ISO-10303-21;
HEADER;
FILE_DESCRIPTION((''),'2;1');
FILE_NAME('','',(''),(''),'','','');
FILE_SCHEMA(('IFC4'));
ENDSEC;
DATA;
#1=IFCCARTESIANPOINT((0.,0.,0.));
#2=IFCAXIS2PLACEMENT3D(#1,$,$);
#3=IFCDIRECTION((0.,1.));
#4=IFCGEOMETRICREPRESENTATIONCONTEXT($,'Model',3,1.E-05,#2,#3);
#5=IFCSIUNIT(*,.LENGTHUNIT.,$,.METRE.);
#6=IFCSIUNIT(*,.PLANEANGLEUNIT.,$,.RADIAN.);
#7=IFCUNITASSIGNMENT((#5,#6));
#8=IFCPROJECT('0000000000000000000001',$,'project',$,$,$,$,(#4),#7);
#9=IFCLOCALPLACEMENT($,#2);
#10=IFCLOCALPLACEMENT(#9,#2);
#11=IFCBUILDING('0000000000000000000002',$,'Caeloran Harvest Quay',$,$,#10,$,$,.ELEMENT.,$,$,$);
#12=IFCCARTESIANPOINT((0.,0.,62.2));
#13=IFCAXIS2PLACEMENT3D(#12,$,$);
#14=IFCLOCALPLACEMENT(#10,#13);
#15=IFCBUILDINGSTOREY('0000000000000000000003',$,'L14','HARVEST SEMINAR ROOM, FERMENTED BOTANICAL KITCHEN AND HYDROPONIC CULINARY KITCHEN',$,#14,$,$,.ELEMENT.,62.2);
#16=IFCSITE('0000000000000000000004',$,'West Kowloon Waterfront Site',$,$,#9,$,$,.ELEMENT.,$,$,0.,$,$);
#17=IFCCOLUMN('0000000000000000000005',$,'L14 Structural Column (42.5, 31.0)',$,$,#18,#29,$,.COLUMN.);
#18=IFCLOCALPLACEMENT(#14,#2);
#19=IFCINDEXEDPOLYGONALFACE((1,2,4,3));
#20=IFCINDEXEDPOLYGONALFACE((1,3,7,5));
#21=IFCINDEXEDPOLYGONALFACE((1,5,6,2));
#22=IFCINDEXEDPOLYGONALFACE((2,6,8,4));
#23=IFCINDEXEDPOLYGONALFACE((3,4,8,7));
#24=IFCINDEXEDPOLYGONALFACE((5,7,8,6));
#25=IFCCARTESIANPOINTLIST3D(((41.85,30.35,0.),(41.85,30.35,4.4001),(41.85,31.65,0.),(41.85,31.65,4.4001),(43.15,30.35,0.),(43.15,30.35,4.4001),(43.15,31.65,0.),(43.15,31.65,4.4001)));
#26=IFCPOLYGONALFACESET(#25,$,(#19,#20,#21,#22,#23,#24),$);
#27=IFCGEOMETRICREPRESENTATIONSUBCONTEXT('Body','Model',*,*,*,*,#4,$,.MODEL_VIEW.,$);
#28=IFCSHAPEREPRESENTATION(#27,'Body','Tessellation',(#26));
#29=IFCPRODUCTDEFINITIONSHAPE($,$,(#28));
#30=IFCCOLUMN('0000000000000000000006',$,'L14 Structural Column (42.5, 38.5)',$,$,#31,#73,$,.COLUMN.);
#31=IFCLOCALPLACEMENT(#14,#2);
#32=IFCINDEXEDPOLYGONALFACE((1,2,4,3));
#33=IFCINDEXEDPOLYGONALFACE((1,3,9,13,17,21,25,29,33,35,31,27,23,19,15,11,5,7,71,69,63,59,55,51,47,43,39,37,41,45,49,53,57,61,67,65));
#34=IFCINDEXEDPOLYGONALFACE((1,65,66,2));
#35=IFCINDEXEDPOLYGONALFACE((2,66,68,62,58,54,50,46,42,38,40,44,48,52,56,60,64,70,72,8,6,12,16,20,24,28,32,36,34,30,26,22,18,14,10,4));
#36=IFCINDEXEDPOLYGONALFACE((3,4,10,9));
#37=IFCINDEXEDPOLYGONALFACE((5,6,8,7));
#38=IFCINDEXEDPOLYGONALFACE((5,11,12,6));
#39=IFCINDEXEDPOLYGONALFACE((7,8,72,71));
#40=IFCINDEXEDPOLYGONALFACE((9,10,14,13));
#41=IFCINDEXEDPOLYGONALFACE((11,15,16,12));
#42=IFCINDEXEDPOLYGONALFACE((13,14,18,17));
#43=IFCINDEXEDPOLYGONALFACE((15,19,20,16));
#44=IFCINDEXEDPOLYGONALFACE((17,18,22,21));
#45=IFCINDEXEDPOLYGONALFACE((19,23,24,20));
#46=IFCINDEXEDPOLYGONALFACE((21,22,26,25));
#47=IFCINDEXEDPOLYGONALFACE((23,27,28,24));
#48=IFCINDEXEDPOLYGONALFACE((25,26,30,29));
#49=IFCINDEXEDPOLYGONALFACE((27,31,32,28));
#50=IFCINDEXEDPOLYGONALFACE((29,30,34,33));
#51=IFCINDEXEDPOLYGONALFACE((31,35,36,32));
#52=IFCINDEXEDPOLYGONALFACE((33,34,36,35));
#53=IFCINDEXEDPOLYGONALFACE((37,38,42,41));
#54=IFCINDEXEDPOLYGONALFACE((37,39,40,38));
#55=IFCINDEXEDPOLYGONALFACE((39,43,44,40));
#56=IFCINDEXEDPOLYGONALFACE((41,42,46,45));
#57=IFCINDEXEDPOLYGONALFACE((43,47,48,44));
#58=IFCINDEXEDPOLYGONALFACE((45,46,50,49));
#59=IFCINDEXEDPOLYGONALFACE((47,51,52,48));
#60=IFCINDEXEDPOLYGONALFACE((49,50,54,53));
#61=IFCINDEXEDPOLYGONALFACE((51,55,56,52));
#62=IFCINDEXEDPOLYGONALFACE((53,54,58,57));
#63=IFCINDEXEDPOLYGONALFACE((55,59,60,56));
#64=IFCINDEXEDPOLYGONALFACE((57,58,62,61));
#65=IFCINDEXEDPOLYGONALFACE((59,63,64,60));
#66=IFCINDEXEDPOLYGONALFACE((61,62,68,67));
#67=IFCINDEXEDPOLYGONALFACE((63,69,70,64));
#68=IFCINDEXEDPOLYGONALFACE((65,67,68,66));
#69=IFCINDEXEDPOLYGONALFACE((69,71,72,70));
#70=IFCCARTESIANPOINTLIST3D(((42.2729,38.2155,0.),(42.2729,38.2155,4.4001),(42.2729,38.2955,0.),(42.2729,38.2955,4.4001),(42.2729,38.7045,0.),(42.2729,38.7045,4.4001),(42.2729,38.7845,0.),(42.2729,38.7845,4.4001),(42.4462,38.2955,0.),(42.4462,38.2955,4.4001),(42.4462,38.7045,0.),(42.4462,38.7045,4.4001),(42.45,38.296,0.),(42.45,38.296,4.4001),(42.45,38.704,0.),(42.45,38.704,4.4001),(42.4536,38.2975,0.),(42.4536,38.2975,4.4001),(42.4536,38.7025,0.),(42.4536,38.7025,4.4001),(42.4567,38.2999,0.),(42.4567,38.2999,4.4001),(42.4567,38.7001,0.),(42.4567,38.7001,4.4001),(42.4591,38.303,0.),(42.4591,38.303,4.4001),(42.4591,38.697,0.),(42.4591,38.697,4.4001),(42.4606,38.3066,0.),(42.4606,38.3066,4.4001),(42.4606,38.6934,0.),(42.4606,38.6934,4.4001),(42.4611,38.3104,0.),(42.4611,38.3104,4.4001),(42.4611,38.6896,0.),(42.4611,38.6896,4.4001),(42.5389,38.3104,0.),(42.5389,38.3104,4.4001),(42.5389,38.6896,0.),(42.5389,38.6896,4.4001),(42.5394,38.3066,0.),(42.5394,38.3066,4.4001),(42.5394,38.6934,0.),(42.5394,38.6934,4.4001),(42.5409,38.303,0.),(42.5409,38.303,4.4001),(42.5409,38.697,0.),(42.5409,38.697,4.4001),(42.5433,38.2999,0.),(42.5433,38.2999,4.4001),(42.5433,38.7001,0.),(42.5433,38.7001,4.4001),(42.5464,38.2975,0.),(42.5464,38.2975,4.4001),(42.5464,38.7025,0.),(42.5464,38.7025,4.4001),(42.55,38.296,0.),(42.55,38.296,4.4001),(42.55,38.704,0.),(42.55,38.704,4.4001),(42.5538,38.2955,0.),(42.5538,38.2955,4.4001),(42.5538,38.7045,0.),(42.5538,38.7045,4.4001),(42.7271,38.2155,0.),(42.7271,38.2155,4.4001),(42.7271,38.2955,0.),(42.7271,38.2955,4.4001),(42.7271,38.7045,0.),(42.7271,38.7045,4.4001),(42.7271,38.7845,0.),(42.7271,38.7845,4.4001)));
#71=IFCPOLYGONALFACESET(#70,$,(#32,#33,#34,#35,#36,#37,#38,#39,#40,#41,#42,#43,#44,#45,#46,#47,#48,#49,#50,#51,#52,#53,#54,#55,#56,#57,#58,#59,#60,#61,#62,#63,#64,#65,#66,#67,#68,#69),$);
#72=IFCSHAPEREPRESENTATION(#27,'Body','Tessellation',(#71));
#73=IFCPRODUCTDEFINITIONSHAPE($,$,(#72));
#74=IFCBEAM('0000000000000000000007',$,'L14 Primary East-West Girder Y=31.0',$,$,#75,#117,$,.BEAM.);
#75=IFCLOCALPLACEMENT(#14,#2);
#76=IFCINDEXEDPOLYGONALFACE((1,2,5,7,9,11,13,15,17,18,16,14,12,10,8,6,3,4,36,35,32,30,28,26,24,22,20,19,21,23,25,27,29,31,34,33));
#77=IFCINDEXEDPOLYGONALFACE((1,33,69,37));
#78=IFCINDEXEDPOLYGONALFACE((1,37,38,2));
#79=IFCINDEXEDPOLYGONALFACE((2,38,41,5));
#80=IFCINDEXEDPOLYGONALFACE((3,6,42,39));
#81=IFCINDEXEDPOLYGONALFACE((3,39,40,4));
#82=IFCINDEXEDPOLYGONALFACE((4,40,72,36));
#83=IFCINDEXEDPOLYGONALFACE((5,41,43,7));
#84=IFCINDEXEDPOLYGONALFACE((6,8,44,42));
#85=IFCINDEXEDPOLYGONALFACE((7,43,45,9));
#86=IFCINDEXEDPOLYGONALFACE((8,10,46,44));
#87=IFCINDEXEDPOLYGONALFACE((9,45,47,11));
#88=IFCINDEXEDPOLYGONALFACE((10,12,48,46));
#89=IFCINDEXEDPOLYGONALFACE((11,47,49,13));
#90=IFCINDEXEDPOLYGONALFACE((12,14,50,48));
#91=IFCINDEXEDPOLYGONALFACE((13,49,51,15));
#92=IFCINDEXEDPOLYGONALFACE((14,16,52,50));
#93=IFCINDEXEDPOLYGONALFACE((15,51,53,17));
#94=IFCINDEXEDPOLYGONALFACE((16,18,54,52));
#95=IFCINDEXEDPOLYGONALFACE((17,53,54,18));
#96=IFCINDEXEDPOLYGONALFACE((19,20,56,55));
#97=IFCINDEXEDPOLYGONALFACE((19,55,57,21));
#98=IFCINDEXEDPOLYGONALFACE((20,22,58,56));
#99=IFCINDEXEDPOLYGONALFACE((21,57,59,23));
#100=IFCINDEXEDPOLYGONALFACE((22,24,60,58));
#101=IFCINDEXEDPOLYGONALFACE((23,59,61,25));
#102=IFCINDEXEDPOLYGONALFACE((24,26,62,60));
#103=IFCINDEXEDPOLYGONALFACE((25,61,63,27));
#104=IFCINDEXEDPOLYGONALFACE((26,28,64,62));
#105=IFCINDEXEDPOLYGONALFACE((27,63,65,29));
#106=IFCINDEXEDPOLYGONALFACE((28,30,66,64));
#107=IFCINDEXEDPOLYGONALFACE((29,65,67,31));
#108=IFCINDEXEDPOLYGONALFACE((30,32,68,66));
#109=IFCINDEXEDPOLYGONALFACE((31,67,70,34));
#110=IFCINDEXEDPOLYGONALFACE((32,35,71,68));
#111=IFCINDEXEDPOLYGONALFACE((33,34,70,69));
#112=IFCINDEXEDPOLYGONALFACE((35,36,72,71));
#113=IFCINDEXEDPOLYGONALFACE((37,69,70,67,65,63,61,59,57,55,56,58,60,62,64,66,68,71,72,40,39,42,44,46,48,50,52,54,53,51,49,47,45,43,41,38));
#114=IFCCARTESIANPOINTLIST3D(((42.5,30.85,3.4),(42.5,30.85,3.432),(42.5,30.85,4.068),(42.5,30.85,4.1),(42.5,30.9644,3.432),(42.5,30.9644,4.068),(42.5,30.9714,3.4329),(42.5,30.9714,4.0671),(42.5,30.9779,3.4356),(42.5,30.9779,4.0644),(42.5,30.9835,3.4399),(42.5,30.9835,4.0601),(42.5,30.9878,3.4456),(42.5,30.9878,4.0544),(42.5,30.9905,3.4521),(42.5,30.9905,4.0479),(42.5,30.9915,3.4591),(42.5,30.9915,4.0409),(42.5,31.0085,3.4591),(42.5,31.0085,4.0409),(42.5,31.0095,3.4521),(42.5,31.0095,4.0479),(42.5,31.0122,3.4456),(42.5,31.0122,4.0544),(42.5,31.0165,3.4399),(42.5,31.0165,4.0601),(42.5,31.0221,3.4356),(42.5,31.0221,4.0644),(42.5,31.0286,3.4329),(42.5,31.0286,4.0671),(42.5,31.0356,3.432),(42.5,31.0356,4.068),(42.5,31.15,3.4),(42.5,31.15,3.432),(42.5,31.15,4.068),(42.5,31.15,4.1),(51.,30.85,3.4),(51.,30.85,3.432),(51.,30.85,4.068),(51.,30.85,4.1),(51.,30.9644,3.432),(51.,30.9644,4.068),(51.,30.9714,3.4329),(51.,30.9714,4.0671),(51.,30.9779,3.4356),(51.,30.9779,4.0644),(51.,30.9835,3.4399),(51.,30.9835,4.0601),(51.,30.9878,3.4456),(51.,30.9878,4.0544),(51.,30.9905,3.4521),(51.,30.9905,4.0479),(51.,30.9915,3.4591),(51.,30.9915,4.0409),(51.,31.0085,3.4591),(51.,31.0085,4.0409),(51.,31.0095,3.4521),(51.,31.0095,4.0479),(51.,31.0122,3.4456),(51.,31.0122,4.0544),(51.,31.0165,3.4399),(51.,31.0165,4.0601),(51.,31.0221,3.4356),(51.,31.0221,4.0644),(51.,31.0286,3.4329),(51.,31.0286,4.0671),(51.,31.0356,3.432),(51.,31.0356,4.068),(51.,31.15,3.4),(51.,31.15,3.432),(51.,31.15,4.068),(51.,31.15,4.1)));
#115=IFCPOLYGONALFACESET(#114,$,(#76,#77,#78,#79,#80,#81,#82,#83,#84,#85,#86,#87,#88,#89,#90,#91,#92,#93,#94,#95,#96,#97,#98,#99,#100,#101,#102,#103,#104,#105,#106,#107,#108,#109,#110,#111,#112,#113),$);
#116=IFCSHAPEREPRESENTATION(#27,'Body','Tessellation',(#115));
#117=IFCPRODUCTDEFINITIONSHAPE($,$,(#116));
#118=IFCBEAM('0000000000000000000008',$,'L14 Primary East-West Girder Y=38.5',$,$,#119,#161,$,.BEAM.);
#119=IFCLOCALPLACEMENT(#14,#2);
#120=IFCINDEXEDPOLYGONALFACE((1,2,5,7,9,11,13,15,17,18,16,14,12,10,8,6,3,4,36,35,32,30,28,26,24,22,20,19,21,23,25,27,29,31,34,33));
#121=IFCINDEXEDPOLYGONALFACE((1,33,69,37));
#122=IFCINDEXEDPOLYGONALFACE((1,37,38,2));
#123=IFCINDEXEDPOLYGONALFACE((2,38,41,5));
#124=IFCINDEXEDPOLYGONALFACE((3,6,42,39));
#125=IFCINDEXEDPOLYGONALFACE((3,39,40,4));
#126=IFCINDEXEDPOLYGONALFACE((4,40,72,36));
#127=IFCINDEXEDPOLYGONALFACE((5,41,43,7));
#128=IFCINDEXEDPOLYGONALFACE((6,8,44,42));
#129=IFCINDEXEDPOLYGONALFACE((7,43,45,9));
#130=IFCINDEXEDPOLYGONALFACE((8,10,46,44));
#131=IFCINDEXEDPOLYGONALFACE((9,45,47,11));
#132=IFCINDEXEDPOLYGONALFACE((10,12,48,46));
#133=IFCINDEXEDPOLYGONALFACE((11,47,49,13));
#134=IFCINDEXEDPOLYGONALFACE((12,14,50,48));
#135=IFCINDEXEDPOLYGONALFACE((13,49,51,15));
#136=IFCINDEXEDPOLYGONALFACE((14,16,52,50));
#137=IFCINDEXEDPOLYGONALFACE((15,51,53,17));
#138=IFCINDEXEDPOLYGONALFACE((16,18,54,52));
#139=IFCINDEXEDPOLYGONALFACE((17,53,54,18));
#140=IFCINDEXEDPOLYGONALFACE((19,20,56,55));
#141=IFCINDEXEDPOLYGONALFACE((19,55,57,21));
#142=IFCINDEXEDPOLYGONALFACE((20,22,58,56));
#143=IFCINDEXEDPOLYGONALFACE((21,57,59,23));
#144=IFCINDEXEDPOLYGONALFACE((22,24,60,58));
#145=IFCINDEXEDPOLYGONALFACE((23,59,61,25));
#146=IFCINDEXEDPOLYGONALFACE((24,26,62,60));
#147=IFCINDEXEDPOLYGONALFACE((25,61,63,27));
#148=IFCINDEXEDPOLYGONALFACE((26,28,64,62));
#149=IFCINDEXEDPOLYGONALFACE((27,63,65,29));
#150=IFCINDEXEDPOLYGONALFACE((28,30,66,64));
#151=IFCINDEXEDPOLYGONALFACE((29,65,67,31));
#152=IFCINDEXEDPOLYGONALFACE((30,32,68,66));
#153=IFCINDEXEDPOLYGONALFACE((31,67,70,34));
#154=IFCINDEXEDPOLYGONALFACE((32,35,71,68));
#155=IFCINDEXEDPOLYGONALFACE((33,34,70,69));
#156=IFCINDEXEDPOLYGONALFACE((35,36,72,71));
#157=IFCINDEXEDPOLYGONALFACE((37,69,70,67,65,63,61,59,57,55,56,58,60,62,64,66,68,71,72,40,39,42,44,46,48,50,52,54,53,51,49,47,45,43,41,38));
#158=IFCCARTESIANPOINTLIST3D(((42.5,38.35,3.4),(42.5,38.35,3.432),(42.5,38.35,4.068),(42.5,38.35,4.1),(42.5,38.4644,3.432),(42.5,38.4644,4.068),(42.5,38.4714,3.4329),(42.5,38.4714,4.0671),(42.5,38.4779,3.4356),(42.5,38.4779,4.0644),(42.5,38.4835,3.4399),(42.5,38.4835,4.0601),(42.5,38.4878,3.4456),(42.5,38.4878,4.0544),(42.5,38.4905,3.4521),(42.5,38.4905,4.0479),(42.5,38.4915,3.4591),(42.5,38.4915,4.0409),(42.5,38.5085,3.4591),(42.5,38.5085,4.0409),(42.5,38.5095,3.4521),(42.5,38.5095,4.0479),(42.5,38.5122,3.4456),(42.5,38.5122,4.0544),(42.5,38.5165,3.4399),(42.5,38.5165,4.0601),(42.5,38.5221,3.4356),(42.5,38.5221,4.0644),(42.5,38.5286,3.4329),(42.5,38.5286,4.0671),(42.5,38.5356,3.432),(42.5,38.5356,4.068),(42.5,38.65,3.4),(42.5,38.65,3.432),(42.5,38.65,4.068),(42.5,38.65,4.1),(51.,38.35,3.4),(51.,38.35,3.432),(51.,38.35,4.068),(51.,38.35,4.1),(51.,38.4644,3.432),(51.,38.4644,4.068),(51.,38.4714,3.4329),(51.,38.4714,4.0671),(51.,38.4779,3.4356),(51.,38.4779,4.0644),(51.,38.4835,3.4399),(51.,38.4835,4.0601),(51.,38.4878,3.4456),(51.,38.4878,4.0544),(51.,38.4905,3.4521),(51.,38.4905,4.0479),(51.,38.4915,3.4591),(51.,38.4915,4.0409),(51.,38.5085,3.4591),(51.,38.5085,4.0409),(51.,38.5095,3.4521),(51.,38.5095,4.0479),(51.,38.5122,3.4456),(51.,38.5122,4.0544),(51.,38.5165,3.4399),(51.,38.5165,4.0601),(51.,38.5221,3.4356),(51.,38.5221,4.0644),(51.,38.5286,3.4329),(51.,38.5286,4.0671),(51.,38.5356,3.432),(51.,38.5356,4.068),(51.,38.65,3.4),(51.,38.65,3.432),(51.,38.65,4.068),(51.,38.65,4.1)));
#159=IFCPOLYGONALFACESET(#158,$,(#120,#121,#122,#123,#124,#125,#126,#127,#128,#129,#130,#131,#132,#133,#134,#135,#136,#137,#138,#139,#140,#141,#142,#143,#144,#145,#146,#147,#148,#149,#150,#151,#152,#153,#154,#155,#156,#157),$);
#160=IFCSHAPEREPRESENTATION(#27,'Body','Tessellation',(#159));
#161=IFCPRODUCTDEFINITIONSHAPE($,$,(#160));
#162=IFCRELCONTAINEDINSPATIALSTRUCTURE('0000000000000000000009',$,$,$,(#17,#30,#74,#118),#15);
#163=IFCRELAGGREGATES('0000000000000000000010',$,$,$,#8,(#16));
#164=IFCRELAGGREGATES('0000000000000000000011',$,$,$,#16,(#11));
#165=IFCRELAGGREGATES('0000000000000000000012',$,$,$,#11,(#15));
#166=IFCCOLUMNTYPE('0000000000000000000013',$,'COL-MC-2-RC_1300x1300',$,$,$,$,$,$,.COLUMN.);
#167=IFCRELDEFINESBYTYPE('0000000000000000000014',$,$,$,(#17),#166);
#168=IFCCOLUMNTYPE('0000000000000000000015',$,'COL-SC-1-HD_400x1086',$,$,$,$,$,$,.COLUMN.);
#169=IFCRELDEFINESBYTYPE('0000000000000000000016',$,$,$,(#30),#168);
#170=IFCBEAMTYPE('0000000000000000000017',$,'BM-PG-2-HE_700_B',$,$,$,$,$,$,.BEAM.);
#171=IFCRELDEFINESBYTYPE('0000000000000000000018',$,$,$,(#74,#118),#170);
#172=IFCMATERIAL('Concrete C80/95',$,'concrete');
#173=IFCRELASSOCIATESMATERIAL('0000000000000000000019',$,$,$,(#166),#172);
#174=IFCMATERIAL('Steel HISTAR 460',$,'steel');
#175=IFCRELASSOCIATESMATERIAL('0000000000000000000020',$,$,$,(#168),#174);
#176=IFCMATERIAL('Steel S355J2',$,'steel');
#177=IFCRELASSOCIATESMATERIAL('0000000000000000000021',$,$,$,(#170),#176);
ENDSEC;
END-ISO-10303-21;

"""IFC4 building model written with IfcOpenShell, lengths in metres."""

from ifc_helpers import new_model, si_unit, direction, frame, origin, origin_2d, place, context, subcontext, project, spatial, rectangle, i_section, extrude, material, material_profile, profile_set, type_object, element, save


model = new_model("IFC4")

# Units and contexts
model_context = context("Model", 3, precision=1e-05, world=origin(), true_north=direction((0.0, 1.0)))
body_context = subcontext(model_context, "Body", "Model", "MODEL_VIEW")
ifc_project = project(units=[si_unit("LENGTHUNIT", "METRE"), si_unit("PLANEANGLEUNIT", "RADIAN")], contexts=[model_context])

# Site, building, storey
site_placement = place(None, origin())
site = spatial("IfcSite", under=ifc_project, at=site_placement, Name="West Kowloon Waterfront Site", CompositionType="ELEMENT", RefElevation=0.0)
building_placement = place(site_placement, origin())
building = spatial("IfcBuilding", under=site, at=building_placement, Name="Caeloran Harvest Quay", CompositionType="ELEMENT")
storey_placement = place(building_placement, frame((0.0, 0.0, 62.2)))
storey = spatial("IfcBuildingStorey", under=building, at=storey_placement, Name="L14", Description="HARVEST SEMINAR ROOM, FERMENTED BOTANICAL KITCHEN AND HYDROPONIC CULINARY KITCHEN", CompositionType="ELEMENT", Elevation=62.2)

# Columns
ifc_material_1 = material(Name="Concrete C80/95", Category="concrete")
ifc_material_profile_1 = material_profile(ifc_material_1, rectangle(XDim=1.3, YDim=1.3, at=origin_2d()), Name="RC 1300x1300")
ifc_profile_set_1 = profile_set([ifc_material_profile_1], Name="Concrete C80/95")
column_type_1 = type_object("IfcColumnType", Name="COL-MC-2-RC_1300x1300", PredefinedType="COLUMN", material=ifc_profile_set_1)
column_1_placement = place(storey_placement, frame((42.5, 31.0, 0.0), z_axis=(0.0, 0.0, 1.0), x_axis=(1.0, 0.0, 0.0)))
element("IfcColumn", 1, at=column_1_placement, inside=storey, type_object=column_type_1, Name="L14 Structural Column (42.5, 31.0)", PredefinedType="COLUMN", context=body_context, shape_type="SweptSolid", body=[
    extrude(rectangle(XDim=1.3, YDim=1.3, at=origin_2d()), origin(), (0.0, 0.0, 1.0), 4.4001),
])
ifc_material_2 = material(Name="Steel HISTAR 460", Category="steel")
ifc_material_profile_2 = material_profile(ifc_material_2, i_section(OverallWidth=0.4541, OverallDepth=0.5691, WebThickness=0.0779, FlangeThickness=0.0801, FilletRadius=0.0149, at=origin_2d()), Name="HD 400x1086")
ifc_profile_set_2 = profile_set([ifc_material_profile_2], Name="Steel HISTAR 460")
column_type_2 = type_object("IfcColumnType", Name="COL-SC-1-HD_400x1086", PredefinedType="COLUMN", material=ifc_profile_set_2)
column_2_placement = place(storey_placement, frame((42.5, 38.5, 0.0), z_axis=(0.0, 0.0, 1.0), x_axis=(1.0, 0.0, 0.0)))
element("IfcColumn", 2, at=column_2_placement, inside=storey, type_object=column_type_2, Name="L14 Structural Column (42.5, 38.5)", PredefinedType="COLUMN", context=body_context, shape_type="SweptSolid", body=[
    extrude(i_section(OverallWidth=0.4541, OverallDepth=0.5691, WebThickness=0.0779, FlangeThickness=0.0801, FilletRadius=0.0149, at=origin_2d()), origin(), (0.0, 0.0, 1.0), 4.4001),
])

# Beams
ifc_material_3 = material(Name="Steel S355J2", Category="steel")
ifc_material_profile_3 = material_profile(ifc_material_3, i_section(OverallWidth=0.3, OverallDepth=0.7, WebThickness=0.0171, FlangeThickness=0.032, FilletRadius=0.0271, at=origin_2d()), Name="HE 700 B")
ifc_profile_set_3 = profile_set([ifc_material_profile_3], Name="Steel S355J2")
beam_type_1 = type_object("IfcBeamType", Name="BM-PG-2-HE_700_B", PredefinedType="BEAM", material=ifc_profile_set_3)
for number, where, z_axis, x_axis, name in (
    (3, (42.5, 31.0, 3.75), (1.0, 0.0, 0.0), (0.0, 1.0, 0.0), "L14 Primary East-West Girder Y=31.0"),
    (4, (42.5, 38.5, 3.75), (1.0, 0.0, 0.0), (0.0, 1.0, 0.0), "L14 Primary East-West Girder Y=38.5"),
):
    element("IfcBeam", number, at=place(storey_placement, frame(where, z_axis=z_axis, x_axis=x_axis)), inside=storey, type_object=beam_type_1, Name=name, PredefinedType="BEAM", context=body_context, shape_type="SweptSolid", body=[
        extrude(i_section(OverallWidth=0.3, OverallDepth=0.7, WebThickness=0.0171, FlangeThickness=0.032, FilletRadius=0.0271, at=origin_2d()), origin(), (0.0, 0.0, 1.0), 8.5),
    ])

save(model, "model.ifc")
